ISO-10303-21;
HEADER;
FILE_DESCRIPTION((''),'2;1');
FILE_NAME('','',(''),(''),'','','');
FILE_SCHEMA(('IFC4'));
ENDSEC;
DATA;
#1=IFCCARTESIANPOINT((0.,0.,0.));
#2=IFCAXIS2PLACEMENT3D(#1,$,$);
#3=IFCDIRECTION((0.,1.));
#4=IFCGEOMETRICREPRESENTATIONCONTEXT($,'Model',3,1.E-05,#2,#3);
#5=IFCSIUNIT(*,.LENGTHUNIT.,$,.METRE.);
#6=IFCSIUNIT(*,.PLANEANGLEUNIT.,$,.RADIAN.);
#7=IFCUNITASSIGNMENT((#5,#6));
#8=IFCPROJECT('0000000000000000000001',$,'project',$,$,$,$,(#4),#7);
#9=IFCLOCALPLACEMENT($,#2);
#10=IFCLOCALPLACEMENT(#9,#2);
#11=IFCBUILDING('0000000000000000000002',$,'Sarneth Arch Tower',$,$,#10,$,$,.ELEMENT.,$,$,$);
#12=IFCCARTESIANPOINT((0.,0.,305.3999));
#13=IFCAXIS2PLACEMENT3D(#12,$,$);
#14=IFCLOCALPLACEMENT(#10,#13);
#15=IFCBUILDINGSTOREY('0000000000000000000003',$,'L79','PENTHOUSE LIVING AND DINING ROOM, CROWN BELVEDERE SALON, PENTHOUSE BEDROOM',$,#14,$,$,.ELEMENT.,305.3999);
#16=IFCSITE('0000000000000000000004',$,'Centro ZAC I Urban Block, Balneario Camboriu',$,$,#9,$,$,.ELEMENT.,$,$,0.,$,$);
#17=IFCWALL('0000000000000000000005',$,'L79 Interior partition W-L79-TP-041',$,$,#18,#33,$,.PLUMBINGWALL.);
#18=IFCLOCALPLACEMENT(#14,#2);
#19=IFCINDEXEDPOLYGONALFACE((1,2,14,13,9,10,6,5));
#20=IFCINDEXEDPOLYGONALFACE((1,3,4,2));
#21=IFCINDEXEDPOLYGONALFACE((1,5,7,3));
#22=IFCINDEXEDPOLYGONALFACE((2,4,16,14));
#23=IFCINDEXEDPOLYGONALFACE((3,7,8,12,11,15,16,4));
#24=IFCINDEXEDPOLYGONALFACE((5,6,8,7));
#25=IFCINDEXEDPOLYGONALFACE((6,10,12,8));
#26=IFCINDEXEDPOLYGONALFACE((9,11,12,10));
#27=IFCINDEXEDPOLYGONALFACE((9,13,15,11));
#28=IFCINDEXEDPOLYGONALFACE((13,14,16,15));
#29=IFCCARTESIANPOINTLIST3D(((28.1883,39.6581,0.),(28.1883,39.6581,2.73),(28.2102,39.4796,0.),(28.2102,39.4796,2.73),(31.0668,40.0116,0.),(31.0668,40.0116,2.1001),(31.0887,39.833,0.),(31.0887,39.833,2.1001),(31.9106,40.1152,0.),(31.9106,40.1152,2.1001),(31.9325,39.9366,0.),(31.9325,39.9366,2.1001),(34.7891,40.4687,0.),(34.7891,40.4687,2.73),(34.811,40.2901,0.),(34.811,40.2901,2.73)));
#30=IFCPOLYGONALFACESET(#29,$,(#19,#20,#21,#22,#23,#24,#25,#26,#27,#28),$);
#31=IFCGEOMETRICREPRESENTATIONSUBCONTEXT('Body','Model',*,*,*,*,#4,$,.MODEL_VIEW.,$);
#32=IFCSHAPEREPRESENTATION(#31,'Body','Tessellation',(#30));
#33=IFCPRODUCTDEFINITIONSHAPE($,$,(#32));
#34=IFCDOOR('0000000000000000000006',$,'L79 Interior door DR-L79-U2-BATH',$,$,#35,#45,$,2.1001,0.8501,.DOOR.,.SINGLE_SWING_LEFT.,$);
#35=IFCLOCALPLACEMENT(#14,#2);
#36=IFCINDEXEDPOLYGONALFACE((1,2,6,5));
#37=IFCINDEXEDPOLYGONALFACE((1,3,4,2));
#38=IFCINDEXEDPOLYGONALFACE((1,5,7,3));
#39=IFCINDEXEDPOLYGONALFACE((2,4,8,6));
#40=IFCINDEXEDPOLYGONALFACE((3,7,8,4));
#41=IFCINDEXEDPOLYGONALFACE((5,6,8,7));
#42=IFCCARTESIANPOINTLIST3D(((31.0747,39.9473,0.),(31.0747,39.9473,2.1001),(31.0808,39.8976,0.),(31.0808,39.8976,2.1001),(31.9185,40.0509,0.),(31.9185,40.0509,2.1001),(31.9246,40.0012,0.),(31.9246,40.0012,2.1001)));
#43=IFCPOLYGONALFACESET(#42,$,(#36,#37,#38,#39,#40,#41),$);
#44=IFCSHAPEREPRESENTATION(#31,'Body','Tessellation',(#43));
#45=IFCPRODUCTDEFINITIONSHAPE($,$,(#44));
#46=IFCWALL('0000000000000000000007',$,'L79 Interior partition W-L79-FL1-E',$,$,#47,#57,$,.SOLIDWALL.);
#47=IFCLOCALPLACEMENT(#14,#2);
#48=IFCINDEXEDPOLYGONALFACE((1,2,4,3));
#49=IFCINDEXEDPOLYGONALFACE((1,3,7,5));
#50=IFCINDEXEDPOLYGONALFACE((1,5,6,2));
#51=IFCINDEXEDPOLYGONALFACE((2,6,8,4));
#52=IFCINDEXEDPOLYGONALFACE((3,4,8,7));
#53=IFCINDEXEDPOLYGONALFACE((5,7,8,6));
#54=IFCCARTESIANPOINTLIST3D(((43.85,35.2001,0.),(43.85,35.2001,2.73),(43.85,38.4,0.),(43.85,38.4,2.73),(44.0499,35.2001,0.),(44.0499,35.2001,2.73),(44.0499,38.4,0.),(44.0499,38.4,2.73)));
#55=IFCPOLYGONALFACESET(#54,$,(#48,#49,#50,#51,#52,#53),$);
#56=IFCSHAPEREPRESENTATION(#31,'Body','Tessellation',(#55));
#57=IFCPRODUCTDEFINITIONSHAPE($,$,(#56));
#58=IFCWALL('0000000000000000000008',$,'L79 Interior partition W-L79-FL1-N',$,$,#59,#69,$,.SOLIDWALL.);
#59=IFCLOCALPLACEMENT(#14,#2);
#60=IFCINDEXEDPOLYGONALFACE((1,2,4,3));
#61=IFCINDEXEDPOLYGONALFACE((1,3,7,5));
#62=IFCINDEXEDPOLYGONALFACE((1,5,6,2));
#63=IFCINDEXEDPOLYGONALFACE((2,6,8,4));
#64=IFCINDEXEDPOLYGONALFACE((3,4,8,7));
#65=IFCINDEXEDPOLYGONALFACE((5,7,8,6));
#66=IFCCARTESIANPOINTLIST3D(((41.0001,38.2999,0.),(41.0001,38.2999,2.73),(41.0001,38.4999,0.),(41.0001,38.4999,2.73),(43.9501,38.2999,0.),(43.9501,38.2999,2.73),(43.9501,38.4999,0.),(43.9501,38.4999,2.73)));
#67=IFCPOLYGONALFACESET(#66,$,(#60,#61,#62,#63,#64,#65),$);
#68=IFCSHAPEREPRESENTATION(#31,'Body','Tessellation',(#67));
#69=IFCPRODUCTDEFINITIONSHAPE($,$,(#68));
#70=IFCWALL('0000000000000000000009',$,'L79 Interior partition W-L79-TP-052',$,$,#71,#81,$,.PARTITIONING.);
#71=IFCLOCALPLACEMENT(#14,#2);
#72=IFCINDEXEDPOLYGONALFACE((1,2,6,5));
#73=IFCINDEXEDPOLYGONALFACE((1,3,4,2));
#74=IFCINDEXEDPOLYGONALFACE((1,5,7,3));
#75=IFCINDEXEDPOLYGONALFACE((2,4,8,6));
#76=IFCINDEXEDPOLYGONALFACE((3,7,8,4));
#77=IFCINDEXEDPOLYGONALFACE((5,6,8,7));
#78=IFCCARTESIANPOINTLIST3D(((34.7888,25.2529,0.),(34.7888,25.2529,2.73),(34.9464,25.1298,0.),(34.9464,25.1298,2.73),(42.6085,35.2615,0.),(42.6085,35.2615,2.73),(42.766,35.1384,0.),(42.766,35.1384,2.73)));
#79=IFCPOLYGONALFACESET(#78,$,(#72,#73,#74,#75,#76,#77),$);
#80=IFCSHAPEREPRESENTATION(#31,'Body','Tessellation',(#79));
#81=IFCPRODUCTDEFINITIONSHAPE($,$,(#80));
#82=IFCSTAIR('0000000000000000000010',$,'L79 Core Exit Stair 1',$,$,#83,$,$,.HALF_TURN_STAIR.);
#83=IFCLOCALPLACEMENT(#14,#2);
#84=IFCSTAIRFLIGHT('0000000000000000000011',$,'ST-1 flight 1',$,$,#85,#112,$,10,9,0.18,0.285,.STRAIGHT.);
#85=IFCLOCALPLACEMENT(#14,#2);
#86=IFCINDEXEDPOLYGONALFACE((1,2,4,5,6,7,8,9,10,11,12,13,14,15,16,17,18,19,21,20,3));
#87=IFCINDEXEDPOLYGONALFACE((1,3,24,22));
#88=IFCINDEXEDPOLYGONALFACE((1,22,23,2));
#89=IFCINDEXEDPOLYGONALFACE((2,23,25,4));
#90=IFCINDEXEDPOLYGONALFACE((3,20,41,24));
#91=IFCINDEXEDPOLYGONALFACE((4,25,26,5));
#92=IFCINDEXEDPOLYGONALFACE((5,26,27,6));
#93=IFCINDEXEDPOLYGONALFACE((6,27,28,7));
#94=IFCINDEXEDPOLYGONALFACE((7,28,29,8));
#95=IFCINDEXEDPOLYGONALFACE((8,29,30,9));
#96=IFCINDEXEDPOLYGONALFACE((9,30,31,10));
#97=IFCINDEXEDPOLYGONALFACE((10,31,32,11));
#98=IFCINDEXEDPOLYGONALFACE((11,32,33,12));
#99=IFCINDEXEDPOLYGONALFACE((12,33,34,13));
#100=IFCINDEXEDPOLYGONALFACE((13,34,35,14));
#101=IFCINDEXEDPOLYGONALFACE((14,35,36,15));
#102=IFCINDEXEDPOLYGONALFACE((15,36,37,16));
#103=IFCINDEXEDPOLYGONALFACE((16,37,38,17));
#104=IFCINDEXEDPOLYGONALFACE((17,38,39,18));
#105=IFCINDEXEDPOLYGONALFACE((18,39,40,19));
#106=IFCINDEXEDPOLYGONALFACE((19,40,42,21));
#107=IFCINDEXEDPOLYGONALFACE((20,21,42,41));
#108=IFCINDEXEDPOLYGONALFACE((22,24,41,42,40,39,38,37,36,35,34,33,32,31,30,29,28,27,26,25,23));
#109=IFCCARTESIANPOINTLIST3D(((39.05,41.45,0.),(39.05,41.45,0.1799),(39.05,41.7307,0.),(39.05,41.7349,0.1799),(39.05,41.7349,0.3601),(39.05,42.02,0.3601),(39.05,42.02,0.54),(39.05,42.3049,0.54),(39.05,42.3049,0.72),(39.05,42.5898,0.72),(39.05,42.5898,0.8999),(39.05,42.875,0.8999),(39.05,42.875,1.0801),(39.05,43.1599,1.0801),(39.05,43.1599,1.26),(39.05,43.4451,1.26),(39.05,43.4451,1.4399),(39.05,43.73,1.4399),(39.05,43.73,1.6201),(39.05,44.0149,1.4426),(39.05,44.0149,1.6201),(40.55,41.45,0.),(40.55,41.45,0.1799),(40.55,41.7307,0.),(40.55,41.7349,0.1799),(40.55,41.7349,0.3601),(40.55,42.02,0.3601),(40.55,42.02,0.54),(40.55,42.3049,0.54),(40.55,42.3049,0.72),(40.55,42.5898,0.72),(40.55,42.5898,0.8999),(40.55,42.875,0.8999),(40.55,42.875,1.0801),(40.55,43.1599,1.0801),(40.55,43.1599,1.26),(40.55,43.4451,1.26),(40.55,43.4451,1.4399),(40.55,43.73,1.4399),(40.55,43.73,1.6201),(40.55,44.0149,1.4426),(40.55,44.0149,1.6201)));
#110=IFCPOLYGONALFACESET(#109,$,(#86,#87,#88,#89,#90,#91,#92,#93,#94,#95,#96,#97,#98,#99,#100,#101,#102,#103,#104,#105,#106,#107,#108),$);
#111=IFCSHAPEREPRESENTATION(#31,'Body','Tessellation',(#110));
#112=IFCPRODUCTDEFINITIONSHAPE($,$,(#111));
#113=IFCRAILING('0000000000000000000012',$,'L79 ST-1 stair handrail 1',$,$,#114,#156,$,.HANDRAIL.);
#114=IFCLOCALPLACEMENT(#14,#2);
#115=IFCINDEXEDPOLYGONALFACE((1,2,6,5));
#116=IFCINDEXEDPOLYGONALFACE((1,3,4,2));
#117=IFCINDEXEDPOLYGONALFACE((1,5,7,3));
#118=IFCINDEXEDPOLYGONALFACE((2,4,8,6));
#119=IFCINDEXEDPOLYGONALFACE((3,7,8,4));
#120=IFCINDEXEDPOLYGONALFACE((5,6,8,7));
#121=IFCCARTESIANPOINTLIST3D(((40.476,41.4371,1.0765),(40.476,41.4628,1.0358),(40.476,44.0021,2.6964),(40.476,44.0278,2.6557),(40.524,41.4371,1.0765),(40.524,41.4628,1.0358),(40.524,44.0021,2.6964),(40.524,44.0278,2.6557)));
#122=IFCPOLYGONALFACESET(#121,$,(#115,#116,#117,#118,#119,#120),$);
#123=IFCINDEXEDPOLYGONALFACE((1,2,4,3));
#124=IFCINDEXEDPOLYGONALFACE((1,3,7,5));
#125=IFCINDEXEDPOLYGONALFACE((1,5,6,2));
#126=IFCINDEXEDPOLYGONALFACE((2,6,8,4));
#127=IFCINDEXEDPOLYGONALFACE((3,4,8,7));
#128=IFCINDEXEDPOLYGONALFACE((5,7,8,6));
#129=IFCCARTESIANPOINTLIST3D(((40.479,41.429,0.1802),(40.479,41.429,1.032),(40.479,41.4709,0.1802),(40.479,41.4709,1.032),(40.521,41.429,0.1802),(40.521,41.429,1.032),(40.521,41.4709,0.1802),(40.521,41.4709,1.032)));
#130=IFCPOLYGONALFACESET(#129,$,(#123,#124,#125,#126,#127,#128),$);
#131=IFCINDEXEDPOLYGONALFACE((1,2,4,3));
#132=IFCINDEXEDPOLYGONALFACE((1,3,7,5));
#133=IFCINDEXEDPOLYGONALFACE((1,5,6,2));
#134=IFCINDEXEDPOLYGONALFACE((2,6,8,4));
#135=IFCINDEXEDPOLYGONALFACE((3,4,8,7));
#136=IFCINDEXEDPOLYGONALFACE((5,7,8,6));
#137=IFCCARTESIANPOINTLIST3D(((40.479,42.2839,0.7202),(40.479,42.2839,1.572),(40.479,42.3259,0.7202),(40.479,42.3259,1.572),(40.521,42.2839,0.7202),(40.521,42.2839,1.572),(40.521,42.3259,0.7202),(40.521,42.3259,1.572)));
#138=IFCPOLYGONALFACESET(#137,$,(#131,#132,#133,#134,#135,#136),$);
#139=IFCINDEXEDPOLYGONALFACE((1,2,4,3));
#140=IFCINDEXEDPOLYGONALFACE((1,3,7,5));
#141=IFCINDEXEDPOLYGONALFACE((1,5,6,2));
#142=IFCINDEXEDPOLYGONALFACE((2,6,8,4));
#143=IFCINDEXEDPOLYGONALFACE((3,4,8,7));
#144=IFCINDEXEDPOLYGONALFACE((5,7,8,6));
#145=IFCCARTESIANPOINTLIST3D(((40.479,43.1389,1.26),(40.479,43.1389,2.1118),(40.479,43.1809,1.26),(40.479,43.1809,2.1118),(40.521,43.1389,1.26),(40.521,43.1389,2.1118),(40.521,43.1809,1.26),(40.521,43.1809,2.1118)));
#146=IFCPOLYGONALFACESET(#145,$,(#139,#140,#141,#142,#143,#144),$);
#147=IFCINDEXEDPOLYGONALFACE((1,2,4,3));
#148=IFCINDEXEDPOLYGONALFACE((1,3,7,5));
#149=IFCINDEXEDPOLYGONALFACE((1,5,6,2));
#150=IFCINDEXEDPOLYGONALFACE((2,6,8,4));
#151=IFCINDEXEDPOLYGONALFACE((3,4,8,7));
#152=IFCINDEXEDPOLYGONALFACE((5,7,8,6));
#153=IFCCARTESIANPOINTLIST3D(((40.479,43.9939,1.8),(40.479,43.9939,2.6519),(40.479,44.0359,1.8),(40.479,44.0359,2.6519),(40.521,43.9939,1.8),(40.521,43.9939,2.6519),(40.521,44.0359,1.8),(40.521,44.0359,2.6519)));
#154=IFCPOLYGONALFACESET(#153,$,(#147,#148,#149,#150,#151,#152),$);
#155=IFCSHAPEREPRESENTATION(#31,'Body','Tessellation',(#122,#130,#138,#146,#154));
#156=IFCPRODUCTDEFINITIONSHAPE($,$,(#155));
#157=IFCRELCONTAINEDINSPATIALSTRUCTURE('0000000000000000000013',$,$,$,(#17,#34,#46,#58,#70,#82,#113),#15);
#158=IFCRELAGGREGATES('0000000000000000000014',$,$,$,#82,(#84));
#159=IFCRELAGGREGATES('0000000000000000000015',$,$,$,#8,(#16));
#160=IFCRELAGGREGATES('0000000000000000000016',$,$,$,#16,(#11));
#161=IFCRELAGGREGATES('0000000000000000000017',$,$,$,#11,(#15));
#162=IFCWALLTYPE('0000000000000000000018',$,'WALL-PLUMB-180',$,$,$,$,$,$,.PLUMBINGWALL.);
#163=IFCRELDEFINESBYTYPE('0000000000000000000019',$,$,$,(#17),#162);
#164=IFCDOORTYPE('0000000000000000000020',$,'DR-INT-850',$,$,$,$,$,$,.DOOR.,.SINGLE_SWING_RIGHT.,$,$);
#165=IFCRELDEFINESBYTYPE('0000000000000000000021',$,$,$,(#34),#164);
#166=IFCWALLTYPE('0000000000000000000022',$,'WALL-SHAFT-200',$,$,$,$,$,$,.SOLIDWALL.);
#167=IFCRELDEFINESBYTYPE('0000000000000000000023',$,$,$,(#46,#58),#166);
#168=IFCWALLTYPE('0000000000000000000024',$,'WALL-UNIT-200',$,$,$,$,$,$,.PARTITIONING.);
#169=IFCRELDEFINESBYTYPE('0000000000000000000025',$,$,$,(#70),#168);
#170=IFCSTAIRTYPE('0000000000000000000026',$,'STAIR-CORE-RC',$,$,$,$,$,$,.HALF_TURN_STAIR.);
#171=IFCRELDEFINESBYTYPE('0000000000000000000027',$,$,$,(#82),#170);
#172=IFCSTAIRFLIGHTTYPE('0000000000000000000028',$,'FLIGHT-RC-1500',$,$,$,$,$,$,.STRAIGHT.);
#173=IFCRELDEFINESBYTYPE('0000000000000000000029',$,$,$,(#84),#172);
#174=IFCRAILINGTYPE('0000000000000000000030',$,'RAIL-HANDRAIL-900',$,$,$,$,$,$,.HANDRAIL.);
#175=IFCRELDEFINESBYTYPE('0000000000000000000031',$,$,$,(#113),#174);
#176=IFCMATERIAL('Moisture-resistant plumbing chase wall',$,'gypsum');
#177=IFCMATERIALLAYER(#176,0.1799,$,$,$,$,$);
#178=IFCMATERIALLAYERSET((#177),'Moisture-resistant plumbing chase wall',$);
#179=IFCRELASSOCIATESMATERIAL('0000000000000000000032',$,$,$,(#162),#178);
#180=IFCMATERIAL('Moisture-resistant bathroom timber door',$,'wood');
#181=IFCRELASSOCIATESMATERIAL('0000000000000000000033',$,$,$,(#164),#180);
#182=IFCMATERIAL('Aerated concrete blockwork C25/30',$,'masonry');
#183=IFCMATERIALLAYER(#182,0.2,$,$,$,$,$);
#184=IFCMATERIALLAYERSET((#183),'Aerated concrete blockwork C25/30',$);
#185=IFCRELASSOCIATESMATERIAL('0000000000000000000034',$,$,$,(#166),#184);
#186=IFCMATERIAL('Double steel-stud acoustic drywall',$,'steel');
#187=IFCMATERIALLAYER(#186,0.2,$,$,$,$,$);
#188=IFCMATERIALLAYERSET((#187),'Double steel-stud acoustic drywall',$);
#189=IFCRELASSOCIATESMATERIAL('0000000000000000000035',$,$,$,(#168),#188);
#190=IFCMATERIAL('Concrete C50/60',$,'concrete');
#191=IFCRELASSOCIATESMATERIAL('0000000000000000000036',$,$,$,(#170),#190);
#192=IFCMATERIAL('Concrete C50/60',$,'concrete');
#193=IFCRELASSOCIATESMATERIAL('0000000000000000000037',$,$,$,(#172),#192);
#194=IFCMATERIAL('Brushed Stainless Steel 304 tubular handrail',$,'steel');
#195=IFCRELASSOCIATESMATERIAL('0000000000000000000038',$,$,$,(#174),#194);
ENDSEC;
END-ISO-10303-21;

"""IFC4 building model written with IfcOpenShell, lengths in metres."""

from ifc_helpers import new_model, si_unit, direction, frame, frame_2d, origin, origin_2d, place, context, subcontext, project, spatial, polyline, rectangle, outline, extrude, material, layer, layer_set, type_object, element, fill, aggregate, save


model = new_model("IFC4")

# Units and contexts
model_context = context("Model", 3, precision=1e-05, world=origin(), true_north=direction((0.0, 1.0)))
body_context = subcontext(model_context, "Body", "Model", "MODEL_VIEW")
ifc_project = project(units=[si_unit("LENGTHUNIT", "METRE"), si_unit("PLANEANGLEUNIT", "RADIAN")], contexts=[model_context])

# Site, building, storey
site_placement = place(None, origin())
site = spatial("IfcSite", under=ifc_project, at=site_placement, Name="Centro ZAC I Urban Block, Balneario Camboriu", CompositionType="ELEMENT", RefElevation=0.0)
building_placement = place(site_placement, origin())
building = spatial("IfcBuilding", under=site, at=building_placement, Name="Sarneth Arch Tower", CompositionType="ELEMENT")
storey_placement = place(building_placement, frame((0.0, 0.0, 305.3999)))
storey = spatial("IfcBuildingStorey", under=building, at=storey_placement, Name="L79", Description="PENTHOUSE LIVING AND DINING ROOM, CROWN BELVEDERE SALON, PENTHOUSE BEDROOM", CompositionType="ELEMENT", Elevation=305.3999)

# Wall, opening, door
ifc_material_1 = material(Name="Moisture-resistant plumbing chase wall", Category="gypsum")
ifc_layer_1 = layer(ifc_material_1, 0.1799)
ifc_layer_set_1 = layer_set([ifc_layer_1], Name="Moisture-resistant plumbing chase wall")
wall_type_1 = type_object("IfcWallType", Name="WALL-PLUMB-180", PredefinedType="PLUMBINGWALL", material=ifc_layer_set_1)
wall_1_placement = place(storey_placement, frame((34.8, 40.3794, 0.0), z_axis=(0.0, 0.0, 1.0), x_axis=(-0.992545, -0.121879, 0.0)))
wall_1 = element("IfcWall", 1, at=wall_1_placement, inside=storey, type_object=wall_type_1, Name="L79 Interior partition W-L79-TP-041", PredefinedType="PLUMBINGWALL", context=body_context, shape_type="SweptSolid", body=[
    extrude(rectangle(XDim=6.6504, YDim=0.1799, at=frame_2d((3.3252, 0.0))), origin(), (0.0, 0.0, 1.0), 2.73),
])
opening_1_placement = place(wall_1_placement, frame((2.9001, 0.0, 0.0)))
opening_1 = element("IfcOpeningElement", 2, at=opening_1_placement, cuts=wall_1, PredefinedType="OPENING", context=body_context, shape_type="SweptSolid", body=[
    extrude(rectangle(XDim=0.8501, YDim=2.1001, at=frame_2d((0.425, 1.05))), frame((0.0, 0.0999, 0.0), z_axis=(0.0, -1.0, 0.0), x_axis=(1.0, 0.0, 0.0)), (0.0, 0.0, 1.0), 0.2),
])
ifc_material_2 = material(Name="Moisture-resistant bathroom timber door", Category="wood")
door_type_1 = type_object("IfcDoorType", Name="DR-INT-850", OperationType="SINGLE_SWING_RIGHT", PredefinedType="DOOR", material=ifc_material_2)
door_1_placement = place(opening_1_placement, origin())
door_1 = element("IfcDoor", 3, at=door_1_placement, inside=storey, type_object=door_type_1, Name="L79 Interior door DR-L79-U2-BATH", OperationType="SINGLE_SWING_LEFT", OverallHeight=2.1001, OverallWidth=0.8501, PredefinedType="DOOR", context=body_context, shape_type="SweptSolid", body=[
    extrude(rectangle(XDim=0.8501, YDim=2.1001, at=frame_2d((0.425, 1.05))), frame((0.0, 0.0249, 0.0), z_axis=(0.0, -1.0, 0.0), x_axis=(1.0, 0.0, 0.0)), (0.0, 0.0, 1.0), 0.05),
])
fill(opening_1, door_1)
ifc_material_3 = material(Name="Aerated concrete blockwork C25/30", Category="masonry")
ifc_layer_2 = layer(ifc_material_3, 0.2)
ifc_layer_set_2 = layer_set([ifc_layer_2], Name="Aerated concrete blockwork C25/30")
wall_type_2 = type_object("IfcWallType", Name="WALL-SHAFT-200", PredefinedType="SOLIDWALL", material=ifc_layer_set_2)

# Walls
wall_2_placement = place(storey_placement, frame((43.95, 35.2, 0.0), z_axis=(0.0, 0.0, 1.0), x_axis=(0.0, 1.0, 0.0)))
element("IfcWall", 4, at=wall_2_placement, inside=storey, type_object=wall_type_2, Name="L79 Interior partition W-L79-FL1-E", PredefinedType="SOLIDWALL", context=body_context, shape_type="SweptSolid", body=[
    extrude(rectangle(XDim=3.2, YDim=0.2, at=frame_2d((1.6001, 0.0))), origin(), (0.0, 0.0, 1.0), 2.73),
])
wall_3_placement = place(storey_placement, frame((41.0, 38.3999, 0.0), z_axis=(0.0, 0.0, 1.0), x_axis=(1.0, 0.0, 0.0)))
element("IfcWall", 5, at=wall_3_placement, inside=storey, type_object=wall_type_2, Name="L79 Interior partition W-L79-FL1-N", PredefinedType="SOLIDWALL", context=body_context, shape_type="SweptSolid", body=[
    extrude(rectangle(XDim=2.95, YDim=0.2, at=frame_2d((1.4751, 0.0))), origin(), (0.0, 0.0, 1.0), 2.73),
])
ifc_material_4 = material(Name="Double steel-stud acoustic drywall", Category="steel")
ifc_layer_3 = layer(ifc_material_4, 0.2)
ifc_layer_set_3 = layer_set([ifc_layer_3], Name="Double steel-stud acoustic drywall")
wall_type_3 = type_object("IfcWallType", Name="WALL-UNIT-200", PredefinedType="PARTITIONING", material=ifc_layer_set_3)
wall_4_placement = place(storey_placement, frame((42.6873, 35.2, 0.0), z_axis=(0.0, 0.0, 1.0), x_axis=(-0.615664, -0.788009, 0.0)))
element("IfcWall", 6, at=wall_4_placement, inside=storey, type_object=wall_type_3, Name="L79 Interior partition W-L79-TP-052", PredefinedType="PARTITIONING", context=body_context, shape_type="SweptSolid", body=[
    extrude(rectangle(XDim=12.7012, YDim=0.2, at=frame_2d((6.3506, 0.0))), origin(), (0.0, 0.0, 1.0), 2.73),
])

# Stair, stair flight
ifc_material_5 = material(Name="Concrete C50/60", Category="concrete")
stair_type = type_object("IfcStairType", Name="STAIR-CORE-RC", PredefinedType="HALF_TURN_STAIR", material=ifc_material_5)
stair_placement = place(storey_placement, origin())
stair = element("IfcStair", 7, at=stair_placement, inside=storey, type_object=stair_type, Name="L79 Core Exit Stair 1", PredefinedType="HALF_TURN_STAIR")
ifc_material_6 = material(Name="Concrete C50/60", Category="concrete")
stair_flight_type = type_object("IfcStairFlightType", Name="FLIGHT-RC-1500", PredefinedType="STRAIGHT", material=ifc_material_6)
stair_flight_placement = place(storey_placement, frame((39.8, 41.45, 0.0), z_axis=(0.0, 0.0, 1.0), x_axis=(0.0, 1.0, 0.0)))
stair_flight = element("IfcStairFlight", 8, at=stair_flight_placement, type_object=stair_flight_type, Name="ST-1 flight 1", NumberOfRisers=10, NumberOfTreads=9, PredefinedType="STRAIGHT", RiserHeight=0.18, TreadLength=0.285, context=body_context, shape_type="SweptSolid", body=[
    extrude(outline(polyline([(0.0, 0.0), (0.0, 0.1799), (0.2849, 0.1799), (0.2849, 0.3601), (0.5701, 0.3601), (0.5701, 0.54), (0.855, 0.54), (0.855, 0.72), (1.1399, 0.72), (1.1399, 0.8999), (1.425, 0.8999), (1.425, 1.0801), (1.71, 1.0801), (1.71, 1.26), (1.9951, 1.26), (1.9951, 1.4399), (2.28, 1.4399), (2.28, 1.6201), (2.5649, 1.6201), (2.5649, 1.8), (2.5649, 1.4426), (0.2808, 0.0), (0.0, 0.0)])), frame((0.0, 0.75, 0.0), z_axis=(0.0, -1.0, 0.0), x_axis=(1.0, 0.0, 0.0)), (0.0, 0.0, 1.0), 1.5),
])
aggregate(stair, [stair_flight])

# Railing
ifc_material_7 = material(Name="Brushed Stainless Steel 304 tubular handrail", Category="steel")
railing_type_1 = type_object("IfcRailingType", Name="RAIL-HANDRAIL-900", PredefinedType="HANDRAIL", material=ifc_material_7)
railing_1_placement = place(storey_placement, frame((40.5, 41.45, 0.1802)))
element("IfcRailing", 9, at=railing_1_placement, inside=storey, type_object=railing_type_1, Name="L79 ST-1 stair handrail 1", PredefinedType="HANDRAIL", context=body_context, shape_type="SweptSolid", body=[
    extrude(rectangle(XDim=0.0481, YDim=0.0481, at=origin_2d()), frame((0.0, 0.0, 0.876), z_axis=(0.0, 0.845502, 0.533972), x_axis=(-1.0, 0.0, 0.0)), (0.0, 0.0, 1.0), 3.0337),
    extrude(rectangle(XDim=0.042, YDim=0.042, at=origin_2d()), origin(), (0.0, 0.0, 1.0), 0.8518),
    extrude(rectangle(XDim=0.042, YDim=0.042, at=origin_2d()), frame((0.0, 0.855, 0.54)), (0.0, 0.0, 1.0), 0.8518),
    extrude(rectangle(XDim=0.042, YDim=0.042, at=origin_2d()), frame((0.0, 1.71, 1.0798)), (0.0, 0.0, 1.0), 0.8518),
    extrude(rectangle(XDim=0.042, YDim=0.042, at=origin_2d()), frame((0.0, 2.5649, 1.6199)), (0.0, 0.0, 1.0), 0.8518),
])

save(model, "model.ifc")
